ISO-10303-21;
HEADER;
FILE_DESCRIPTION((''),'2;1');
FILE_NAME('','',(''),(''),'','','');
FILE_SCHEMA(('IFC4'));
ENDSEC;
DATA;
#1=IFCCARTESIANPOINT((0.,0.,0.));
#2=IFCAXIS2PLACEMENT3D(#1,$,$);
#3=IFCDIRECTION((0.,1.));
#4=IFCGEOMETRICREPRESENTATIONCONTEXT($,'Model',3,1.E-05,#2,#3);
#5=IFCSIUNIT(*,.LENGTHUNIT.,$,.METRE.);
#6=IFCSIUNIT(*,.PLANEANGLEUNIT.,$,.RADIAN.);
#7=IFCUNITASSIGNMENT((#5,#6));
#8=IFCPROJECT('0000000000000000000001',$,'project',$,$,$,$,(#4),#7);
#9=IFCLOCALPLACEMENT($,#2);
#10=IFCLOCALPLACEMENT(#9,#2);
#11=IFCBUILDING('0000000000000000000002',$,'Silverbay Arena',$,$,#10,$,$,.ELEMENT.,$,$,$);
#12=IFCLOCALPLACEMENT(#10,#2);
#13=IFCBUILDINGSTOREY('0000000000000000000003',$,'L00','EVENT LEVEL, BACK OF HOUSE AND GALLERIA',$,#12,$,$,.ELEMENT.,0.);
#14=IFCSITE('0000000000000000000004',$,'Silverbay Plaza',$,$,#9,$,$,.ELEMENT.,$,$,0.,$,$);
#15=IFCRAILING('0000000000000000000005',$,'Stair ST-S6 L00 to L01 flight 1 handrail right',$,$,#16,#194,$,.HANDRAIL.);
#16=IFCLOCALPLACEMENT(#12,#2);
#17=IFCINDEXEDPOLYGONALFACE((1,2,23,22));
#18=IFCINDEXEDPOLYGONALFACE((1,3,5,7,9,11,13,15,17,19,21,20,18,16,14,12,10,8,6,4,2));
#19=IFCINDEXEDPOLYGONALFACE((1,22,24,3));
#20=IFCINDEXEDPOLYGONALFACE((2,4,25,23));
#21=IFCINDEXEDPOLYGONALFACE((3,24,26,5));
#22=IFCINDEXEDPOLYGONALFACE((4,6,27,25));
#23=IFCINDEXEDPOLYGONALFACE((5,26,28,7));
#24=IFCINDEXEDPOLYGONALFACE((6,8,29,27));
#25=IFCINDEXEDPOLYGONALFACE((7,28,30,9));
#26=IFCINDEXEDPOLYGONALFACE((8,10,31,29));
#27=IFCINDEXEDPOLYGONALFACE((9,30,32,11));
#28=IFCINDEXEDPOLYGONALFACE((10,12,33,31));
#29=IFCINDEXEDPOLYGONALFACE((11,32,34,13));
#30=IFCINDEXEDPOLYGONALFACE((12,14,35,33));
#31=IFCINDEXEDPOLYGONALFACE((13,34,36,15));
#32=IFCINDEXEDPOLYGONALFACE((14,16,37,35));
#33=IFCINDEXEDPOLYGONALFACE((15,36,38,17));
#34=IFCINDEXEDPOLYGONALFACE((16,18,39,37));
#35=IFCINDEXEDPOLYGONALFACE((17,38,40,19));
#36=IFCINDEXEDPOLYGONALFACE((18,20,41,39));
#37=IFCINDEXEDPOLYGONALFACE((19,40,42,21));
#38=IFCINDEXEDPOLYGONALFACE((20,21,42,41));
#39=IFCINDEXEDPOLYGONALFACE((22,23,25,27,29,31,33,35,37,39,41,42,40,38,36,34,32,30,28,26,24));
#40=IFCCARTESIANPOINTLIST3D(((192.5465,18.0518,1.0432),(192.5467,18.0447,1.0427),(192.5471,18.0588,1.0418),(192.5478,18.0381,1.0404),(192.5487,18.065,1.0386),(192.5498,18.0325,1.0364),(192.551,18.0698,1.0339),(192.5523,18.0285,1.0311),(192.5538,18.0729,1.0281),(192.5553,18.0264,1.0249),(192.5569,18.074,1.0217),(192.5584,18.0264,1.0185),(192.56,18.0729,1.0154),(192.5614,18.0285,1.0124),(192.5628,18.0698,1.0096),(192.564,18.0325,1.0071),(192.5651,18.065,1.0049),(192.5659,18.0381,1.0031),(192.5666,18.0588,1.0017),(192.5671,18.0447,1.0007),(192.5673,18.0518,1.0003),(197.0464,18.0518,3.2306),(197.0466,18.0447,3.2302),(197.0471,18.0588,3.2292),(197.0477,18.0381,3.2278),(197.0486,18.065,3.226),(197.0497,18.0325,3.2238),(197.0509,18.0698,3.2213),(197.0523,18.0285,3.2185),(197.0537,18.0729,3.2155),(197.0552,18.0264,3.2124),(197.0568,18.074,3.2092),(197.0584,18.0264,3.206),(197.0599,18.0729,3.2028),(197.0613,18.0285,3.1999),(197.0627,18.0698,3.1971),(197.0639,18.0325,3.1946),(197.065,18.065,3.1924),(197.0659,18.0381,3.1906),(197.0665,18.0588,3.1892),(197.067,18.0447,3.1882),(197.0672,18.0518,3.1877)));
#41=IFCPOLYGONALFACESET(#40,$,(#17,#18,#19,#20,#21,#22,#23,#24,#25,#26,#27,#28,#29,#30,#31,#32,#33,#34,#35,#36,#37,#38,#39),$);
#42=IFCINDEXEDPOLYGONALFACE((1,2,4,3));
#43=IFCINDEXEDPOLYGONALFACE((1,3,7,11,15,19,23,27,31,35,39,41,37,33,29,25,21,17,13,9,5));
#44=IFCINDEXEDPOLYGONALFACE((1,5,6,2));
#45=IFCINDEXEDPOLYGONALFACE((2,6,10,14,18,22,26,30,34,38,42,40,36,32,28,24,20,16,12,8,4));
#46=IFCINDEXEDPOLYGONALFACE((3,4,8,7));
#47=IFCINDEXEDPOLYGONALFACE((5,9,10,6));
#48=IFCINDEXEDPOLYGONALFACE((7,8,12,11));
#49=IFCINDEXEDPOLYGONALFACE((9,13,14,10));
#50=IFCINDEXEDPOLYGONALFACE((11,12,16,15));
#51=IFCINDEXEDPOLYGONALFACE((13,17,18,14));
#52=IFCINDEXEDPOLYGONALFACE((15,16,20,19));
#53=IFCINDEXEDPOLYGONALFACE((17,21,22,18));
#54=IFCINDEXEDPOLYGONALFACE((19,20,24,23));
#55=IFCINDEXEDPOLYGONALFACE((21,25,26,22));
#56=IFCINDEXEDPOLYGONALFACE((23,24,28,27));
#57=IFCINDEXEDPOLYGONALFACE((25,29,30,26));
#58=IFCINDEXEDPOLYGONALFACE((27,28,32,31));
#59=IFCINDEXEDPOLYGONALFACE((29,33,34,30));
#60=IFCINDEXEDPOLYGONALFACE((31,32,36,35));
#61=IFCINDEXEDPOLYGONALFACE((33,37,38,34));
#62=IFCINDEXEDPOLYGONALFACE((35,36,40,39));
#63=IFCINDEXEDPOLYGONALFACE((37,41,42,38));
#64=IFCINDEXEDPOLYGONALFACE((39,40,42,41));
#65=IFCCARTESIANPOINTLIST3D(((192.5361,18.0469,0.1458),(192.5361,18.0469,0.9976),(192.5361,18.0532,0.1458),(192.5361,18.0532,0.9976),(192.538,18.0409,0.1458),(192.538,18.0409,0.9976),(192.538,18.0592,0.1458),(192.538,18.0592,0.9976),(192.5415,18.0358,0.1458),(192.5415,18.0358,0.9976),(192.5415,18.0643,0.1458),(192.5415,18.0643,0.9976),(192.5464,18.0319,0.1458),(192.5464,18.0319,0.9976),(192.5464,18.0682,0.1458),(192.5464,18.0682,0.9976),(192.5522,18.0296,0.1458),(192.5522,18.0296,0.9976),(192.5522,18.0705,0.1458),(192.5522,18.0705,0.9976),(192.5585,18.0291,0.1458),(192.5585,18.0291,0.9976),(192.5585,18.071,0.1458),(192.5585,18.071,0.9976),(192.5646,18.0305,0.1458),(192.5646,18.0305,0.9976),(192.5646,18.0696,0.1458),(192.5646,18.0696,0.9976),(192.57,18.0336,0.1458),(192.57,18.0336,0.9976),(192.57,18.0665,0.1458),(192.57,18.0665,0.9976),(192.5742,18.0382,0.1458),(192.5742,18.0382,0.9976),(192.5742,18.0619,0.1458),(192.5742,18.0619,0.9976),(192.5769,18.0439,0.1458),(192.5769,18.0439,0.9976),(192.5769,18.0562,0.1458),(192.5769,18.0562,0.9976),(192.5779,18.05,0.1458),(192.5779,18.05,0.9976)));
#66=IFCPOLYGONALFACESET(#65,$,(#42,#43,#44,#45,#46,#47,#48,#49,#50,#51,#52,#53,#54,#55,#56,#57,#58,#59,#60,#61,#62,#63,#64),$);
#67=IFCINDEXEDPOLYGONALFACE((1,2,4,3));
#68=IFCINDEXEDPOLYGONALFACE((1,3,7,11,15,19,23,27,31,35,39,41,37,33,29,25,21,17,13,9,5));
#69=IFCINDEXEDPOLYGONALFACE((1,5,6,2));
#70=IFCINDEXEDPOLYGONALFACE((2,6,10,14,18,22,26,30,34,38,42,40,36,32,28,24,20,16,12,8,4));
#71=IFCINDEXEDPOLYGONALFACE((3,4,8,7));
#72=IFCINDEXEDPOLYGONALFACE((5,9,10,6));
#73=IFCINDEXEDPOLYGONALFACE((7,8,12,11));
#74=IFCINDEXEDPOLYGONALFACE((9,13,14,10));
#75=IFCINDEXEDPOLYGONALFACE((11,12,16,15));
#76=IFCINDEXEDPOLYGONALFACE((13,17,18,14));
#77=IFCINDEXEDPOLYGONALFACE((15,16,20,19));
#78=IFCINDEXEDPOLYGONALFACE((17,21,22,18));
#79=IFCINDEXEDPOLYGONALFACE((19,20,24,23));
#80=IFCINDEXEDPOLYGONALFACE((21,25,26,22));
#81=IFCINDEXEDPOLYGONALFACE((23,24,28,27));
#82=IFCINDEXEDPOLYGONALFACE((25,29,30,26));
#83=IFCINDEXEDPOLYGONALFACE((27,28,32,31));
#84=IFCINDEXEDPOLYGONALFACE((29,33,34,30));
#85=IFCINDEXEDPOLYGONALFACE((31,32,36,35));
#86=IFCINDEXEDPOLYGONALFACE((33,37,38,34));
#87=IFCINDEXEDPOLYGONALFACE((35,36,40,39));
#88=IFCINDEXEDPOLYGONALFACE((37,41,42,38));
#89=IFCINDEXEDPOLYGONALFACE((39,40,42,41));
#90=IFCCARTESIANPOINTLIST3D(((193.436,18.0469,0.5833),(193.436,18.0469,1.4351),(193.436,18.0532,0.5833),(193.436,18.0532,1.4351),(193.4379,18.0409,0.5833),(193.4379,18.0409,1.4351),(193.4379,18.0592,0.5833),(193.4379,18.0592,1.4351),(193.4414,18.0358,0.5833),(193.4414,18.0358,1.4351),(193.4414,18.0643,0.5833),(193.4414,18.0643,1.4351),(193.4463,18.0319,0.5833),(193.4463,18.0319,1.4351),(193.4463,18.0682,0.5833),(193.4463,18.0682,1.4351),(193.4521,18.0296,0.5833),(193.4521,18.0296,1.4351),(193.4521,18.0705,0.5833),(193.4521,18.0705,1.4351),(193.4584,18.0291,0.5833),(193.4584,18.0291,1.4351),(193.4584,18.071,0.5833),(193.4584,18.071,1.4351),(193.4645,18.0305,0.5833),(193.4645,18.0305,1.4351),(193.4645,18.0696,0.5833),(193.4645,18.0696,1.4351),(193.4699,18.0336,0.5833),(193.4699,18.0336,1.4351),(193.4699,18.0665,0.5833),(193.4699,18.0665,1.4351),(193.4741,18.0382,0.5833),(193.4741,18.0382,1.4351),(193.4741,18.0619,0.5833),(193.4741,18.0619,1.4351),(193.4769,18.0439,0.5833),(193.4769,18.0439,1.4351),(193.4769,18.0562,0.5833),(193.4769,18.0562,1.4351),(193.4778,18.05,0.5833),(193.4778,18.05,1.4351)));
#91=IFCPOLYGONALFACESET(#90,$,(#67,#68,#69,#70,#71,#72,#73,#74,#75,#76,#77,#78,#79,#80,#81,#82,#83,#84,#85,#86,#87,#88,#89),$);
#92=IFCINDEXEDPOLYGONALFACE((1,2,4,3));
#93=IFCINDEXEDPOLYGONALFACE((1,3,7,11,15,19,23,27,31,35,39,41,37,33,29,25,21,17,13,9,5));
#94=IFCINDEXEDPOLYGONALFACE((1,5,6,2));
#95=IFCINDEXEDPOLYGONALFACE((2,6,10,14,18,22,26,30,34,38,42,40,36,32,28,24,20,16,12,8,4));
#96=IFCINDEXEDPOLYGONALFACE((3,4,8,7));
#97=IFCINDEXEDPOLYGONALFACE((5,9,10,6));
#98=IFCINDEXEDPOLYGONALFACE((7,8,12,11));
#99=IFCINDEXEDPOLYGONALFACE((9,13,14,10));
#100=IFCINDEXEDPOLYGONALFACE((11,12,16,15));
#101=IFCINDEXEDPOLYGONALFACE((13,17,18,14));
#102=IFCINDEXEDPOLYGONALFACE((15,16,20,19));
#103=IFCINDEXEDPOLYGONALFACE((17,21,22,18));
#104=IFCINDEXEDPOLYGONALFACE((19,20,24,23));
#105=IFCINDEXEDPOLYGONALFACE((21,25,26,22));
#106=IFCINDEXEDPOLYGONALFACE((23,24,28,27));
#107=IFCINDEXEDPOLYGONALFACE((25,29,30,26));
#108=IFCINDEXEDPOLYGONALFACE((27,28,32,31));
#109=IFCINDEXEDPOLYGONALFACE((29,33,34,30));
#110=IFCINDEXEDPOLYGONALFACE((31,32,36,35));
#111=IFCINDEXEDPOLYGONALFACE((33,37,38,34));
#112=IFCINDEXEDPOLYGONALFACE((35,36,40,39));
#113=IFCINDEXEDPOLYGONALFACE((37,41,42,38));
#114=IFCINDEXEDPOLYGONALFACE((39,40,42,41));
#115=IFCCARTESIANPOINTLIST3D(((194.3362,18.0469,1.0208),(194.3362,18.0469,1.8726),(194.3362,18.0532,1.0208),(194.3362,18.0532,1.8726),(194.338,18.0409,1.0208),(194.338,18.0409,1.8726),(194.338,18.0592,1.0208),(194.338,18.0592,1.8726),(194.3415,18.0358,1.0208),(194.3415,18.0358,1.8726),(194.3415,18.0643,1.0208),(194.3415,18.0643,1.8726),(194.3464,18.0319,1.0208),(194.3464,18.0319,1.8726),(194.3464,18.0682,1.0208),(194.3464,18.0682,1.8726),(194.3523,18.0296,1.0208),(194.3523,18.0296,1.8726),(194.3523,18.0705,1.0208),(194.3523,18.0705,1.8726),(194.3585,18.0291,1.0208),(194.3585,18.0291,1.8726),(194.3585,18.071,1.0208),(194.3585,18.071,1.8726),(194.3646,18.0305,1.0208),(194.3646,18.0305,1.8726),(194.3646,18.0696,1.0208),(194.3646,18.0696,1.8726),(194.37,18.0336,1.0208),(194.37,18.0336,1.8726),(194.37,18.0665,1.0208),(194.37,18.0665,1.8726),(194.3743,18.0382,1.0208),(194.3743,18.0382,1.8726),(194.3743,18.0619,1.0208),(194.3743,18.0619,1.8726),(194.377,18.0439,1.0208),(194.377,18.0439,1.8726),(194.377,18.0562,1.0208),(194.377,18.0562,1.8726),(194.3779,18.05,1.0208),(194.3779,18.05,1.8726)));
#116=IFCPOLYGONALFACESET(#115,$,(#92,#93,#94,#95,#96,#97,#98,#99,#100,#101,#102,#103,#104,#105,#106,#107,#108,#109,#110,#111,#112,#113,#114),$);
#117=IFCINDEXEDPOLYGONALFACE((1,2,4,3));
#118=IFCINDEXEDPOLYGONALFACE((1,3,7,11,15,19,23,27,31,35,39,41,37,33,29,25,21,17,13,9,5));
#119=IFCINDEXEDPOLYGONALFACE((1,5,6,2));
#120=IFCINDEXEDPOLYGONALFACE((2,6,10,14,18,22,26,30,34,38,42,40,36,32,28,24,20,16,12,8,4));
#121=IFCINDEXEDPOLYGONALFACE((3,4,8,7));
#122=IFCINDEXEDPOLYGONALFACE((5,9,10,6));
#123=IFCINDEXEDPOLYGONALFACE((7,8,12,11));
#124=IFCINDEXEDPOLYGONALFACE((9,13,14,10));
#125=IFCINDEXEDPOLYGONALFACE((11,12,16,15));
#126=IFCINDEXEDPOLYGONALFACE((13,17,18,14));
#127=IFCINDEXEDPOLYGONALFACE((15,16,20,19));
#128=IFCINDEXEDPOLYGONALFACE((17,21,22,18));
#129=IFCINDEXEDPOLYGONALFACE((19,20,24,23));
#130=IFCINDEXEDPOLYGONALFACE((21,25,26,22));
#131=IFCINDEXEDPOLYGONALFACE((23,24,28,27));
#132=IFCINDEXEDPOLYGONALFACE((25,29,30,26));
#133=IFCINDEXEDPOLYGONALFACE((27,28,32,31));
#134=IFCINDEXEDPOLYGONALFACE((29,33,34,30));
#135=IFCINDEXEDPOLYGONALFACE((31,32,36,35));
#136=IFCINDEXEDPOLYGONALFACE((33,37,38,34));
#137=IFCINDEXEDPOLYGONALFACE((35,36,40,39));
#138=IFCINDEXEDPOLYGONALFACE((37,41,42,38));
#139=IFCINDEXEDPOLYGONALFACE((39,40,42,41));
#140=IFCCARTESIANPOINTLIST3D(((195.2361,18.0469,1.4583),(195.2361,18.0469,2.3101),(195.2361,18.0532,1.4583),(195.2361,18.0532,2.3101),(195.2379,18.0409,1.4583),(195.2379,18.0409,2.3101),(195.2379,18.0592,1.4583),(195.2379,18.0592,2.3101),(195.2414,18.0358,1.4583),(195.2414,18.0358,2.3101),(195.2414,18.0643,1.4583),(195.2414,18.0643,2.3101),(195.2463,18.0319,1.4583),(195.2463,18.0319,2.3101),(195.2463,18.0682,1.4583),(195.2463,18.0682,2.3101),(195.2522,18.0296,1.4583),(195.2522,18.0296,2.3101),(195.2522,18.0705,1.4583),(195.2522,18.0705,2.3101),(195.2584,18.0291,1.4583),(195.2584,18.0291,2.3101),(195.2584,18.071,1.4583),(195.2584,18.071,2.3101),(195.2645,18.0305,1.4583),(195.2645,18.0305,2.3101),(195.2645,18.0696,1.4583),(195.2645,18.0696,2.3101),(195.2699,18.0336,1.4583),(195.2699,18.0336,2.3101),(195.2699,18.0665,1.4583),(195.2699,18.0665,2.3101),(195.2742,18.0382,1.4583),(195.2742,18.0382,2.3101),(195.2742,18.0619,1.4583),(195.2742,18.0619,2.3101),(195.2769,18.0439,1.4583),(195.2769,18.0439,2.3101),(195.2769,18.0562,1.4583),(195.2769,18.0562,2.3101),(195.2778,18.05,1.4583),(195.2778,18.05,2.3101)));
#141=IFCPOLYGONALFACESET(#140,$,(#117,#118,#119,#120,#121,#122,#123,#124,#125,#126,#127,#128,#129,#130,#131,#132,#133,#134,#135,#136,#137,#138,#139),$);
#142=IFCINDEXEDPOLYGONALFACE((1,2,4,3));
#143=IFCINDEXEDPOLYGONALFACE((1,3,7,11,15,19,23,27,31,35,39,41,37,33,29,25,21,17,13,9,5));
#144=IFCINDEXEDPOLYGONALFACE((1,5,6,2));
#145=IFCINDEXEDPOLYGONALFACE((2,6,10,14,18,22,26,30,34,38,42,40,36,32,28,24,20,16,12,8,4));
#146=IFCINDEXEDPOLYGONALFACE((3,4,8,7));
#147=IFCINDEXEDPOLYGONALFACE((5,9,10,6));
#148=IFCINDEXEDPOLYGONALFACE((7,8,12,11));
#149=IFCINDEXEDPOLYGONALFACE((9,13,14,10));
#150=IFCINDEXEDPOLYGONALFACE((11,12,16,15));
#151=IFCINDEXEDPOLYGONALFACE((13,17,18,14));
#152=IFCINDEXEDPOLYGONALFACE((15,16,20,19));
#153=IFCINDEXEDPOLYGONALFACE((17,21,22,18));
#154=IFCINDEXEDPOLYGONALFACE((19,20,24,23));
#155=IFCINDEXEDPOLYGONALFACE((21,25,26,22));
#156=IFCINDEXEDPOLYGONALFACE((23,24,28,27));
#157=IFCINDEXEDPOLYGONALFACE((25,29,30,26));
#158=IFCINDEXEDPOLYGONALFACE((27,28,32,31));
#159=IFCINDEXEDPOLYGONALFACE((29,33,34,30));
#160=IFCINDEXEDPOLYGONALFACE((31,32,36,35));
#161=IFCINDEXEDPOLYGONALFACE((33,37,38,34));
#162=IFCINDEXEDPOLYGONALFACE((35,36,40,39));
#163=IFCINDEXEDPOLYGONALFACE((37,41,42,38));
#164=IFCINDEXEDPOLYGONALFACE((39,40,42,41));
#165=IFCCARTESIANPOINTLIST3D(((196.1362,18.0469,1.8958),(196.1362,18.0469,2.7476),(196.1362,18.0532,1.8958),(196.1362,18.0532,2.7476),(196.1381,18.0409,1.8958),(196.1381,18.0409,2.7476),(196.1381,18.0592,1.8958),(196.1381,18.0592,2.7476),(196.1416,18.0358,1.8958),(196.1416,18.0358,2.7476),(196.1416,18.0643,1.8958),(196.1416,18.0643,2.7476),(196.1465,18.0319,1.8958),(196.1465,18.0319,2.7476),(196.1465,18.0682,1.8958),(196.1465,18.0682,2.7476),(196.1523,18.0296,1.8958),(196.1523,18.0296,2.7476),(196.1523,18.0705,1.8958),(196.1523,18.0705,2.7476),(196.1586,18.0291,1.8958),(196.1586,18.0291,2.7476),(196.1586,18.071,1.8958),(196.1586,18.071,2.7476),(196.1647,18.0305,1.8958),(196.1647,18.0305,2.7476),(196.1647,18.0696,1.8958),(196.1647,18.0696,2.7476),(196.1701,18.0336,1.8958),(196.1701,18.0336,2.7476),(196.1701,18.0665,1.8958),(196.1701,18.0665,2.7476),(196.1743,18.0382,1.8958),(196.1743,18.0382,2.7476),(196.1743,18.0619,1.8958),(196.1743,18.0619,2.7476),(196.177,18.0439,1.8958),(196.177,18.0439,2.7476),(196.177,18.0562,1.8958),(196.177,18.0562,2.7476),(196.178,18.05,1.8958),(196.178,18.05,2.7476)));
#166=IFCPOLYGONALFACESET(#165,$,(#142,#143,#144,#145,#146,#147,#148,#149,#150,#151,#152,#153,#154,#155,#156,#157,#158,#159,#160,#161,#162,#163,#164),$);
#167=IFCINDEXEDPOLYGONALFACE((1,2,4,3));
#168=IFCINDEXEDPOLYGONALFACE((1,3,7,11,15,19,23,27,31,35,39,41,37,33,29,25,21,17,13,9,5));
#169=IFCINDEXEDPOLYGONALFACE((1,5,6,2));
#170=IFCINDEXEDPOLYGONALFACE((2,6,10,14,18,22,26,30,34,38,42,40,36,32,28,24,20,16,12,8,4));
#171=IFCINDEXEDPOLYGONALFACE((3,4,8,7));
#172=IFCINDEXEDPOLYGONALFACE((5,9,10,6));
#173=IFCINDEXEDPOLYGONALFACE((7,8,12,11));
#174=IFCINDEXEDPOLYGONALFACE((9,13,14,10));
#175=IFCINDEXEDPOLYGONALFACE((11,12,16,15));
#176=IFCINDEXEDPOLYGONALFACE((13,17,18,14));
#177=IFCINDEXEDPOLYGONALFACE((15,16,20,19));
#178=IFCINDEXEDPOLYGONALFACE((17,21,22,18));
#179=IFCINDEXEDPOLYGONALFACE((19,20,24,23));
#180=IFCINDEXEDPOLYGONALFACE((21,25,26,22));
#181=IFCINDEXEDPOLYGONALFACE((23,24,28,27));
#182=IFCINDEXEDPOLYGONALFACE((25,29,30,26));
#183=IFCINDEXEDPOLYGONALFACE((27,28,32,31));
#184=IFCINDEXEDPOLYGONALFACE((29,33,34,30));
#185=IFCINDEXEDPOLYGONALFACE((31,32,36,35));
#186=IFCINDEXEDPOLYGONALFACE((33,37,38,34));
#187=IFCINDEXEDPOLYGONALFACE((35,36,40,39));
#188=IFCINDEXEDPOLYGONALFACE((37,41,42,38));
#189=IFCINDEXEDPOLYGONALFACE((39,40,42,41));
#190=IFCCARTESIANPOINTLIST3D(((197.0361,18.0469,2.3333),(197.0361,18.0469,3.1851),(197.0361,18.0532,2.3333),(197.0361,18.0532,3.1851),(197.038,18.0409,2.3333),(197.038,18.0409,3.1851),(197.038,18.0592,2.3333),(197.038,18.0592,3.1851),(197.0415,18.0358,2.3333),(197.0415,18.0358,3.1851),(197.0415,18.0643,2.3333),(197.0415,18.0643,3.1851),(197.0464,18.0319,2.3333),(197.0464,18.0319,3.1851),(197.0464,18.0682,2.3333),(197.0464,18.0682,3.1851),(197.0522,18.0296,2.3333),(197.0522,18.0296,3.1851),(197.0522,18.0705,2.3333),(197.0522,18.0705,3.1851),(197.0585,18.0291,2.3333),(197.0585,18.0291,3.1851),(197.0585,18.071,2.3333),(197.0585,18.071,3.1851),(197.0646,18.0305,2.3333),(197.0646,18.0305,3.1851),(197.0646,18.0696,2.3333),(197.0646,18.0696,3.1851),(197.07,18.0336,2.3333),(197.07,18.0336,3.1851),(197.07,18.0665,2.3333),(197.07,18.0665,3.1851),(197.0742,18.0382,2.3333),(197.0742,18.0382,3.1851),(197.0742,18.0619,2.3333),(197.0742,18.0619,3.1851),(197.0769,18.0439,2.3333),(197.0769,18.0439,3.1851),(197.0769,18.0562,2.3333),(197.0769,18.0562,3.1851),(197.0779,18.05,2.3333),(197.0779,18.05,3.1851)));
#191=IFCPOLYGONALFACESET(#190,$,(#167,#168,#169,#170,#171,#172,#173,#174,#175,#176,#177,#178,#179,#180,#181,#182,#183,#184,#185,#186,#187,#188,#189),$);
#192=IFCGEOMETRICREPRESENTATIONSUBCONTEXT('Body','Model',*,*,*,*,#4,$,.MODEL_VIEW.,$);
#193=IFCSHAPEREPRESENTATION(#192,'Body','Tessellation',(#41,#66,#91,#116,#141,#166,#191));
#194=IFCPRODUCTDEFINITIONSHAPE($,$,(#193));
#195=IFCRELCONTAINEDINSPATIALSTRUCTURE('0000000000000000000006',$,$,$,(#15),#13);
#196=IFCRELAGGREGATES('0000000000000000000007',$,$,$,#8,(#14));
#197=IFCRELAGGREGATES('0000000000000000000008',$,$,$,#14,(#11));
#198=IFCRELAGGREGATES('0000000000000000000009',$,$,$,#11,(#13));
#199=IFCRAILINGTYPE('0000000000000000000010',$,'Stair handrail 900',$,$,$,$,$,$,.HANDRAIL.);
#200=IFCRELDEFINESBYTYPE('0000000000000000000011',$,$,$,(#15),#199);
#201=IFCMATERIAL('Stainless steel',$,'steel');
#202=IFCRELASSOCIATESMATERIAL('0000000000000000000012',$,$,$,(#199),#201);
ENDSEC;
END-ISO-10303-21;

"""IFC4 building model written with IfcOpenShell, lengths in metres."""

from ifc_helpers import new_model, si_unit, direction, frame, origin, origin_2d, place, context, subcontext, project, spatial, circle, extrude, material, type_object, element, save


model = new_model("IFC4")

# Units and contexts
model_context = context("Model", 3, precision=1e-05, world=origin(), true_north=direction((0.0, 1.0)))
body_context = subcontext(model_context, "Body", "Model", "MODEL_VIEW")
ifc_project = project(units=[si_unit("LENGTHUNIT", "METRE"), si_unit("PLANEANGLEUNIT", "RADIAN")], contexts=[model_context])

# Site, building, storey
site_placement = place(None, origin())
site = spatial("IfcSite", under=ifc_project, at=site_placement, Name="Silverbay Plaza", CompositionType="ELEMENT", RefElevation=0.0)
building_placement = place(site_placement, origin())
building = spatial("IfcBuilding", under=site, at=building_placement, Name="Silverbay Arena", CompositionType="ELEMENT")
storey_placement = place(building_placement, origin())
storey = spatial("IfcBuildingStorey", under=building, at=storey_placement, Name="L00", Description="EVENT LEVEL, BACK OF HOUSE AND GALLERIA", CompositionType="ELEMENT", Elevation=0.0)

# Railing
ifc_material_1 = material(Name="Stainless steel", Category="steel")
railing_type_1 = type_object("IfcRailingType", Name="Stair handrail 900", PredefinedType="HANDRAIL", material=ifc_material_1)
for number, where, name in (
    (1, (192.5569, 18.05, 0.1458), "Stair ST-S6 L00 to L01 flight 1 handrail right"),
):
    element("IfcRailing", number, at=place(storey_placement, frame(where)), inside=storey, type_object=railing_type_1, Name=name, PredefinedType="HANDRAIL", context=body_context, shape_type="SweptSolid", body=[
        extrude(circle(Radius=0.0239, at=origin_2d()), frame((0.0, 0.0, 0.876), z_axis=(0.899368, 0.0, 0.437193), x_axis=(0.0, 1.0, 0.0)), (0.0, 0.0, 1.0), 5.0034),
        extrude(circle(Radius=0.021, at=origin_2d()), origin(), (0.0, 0.0, 1.0), 0.8518),
        extrude(circle(Radius=0.021, at=origin_2d()), frame((0.8999, 0.0, 0.4375)), (0.0, 0.0, 1.0), 0.8518),
        extrude(circle(Radius=0.021, at=origin_2d()), frame((1.8, 0.0, 0.875)), (0.0, 0.0, 1.0), 0.8518),
        extrude(circle(Radius=0.021, at=origin_2d()), frame((2.7, 0.0, 1.3125)), (0.0, 0.0, 1.0), 0.8518),
        extrude(circle(Radius=0.021, at=origin_2d()), frame((3.6001, 0.0, 1.75)), (0.0, 0.0, 1.0), 0.8518),
        extrude(circle(Radius=0.021, at=origin_2d()), frame((4.5, 0.0, 2.1875)), (0.0, 0.0, 1.0), 0.8518),
    ])

save(model, "model.ifc")
